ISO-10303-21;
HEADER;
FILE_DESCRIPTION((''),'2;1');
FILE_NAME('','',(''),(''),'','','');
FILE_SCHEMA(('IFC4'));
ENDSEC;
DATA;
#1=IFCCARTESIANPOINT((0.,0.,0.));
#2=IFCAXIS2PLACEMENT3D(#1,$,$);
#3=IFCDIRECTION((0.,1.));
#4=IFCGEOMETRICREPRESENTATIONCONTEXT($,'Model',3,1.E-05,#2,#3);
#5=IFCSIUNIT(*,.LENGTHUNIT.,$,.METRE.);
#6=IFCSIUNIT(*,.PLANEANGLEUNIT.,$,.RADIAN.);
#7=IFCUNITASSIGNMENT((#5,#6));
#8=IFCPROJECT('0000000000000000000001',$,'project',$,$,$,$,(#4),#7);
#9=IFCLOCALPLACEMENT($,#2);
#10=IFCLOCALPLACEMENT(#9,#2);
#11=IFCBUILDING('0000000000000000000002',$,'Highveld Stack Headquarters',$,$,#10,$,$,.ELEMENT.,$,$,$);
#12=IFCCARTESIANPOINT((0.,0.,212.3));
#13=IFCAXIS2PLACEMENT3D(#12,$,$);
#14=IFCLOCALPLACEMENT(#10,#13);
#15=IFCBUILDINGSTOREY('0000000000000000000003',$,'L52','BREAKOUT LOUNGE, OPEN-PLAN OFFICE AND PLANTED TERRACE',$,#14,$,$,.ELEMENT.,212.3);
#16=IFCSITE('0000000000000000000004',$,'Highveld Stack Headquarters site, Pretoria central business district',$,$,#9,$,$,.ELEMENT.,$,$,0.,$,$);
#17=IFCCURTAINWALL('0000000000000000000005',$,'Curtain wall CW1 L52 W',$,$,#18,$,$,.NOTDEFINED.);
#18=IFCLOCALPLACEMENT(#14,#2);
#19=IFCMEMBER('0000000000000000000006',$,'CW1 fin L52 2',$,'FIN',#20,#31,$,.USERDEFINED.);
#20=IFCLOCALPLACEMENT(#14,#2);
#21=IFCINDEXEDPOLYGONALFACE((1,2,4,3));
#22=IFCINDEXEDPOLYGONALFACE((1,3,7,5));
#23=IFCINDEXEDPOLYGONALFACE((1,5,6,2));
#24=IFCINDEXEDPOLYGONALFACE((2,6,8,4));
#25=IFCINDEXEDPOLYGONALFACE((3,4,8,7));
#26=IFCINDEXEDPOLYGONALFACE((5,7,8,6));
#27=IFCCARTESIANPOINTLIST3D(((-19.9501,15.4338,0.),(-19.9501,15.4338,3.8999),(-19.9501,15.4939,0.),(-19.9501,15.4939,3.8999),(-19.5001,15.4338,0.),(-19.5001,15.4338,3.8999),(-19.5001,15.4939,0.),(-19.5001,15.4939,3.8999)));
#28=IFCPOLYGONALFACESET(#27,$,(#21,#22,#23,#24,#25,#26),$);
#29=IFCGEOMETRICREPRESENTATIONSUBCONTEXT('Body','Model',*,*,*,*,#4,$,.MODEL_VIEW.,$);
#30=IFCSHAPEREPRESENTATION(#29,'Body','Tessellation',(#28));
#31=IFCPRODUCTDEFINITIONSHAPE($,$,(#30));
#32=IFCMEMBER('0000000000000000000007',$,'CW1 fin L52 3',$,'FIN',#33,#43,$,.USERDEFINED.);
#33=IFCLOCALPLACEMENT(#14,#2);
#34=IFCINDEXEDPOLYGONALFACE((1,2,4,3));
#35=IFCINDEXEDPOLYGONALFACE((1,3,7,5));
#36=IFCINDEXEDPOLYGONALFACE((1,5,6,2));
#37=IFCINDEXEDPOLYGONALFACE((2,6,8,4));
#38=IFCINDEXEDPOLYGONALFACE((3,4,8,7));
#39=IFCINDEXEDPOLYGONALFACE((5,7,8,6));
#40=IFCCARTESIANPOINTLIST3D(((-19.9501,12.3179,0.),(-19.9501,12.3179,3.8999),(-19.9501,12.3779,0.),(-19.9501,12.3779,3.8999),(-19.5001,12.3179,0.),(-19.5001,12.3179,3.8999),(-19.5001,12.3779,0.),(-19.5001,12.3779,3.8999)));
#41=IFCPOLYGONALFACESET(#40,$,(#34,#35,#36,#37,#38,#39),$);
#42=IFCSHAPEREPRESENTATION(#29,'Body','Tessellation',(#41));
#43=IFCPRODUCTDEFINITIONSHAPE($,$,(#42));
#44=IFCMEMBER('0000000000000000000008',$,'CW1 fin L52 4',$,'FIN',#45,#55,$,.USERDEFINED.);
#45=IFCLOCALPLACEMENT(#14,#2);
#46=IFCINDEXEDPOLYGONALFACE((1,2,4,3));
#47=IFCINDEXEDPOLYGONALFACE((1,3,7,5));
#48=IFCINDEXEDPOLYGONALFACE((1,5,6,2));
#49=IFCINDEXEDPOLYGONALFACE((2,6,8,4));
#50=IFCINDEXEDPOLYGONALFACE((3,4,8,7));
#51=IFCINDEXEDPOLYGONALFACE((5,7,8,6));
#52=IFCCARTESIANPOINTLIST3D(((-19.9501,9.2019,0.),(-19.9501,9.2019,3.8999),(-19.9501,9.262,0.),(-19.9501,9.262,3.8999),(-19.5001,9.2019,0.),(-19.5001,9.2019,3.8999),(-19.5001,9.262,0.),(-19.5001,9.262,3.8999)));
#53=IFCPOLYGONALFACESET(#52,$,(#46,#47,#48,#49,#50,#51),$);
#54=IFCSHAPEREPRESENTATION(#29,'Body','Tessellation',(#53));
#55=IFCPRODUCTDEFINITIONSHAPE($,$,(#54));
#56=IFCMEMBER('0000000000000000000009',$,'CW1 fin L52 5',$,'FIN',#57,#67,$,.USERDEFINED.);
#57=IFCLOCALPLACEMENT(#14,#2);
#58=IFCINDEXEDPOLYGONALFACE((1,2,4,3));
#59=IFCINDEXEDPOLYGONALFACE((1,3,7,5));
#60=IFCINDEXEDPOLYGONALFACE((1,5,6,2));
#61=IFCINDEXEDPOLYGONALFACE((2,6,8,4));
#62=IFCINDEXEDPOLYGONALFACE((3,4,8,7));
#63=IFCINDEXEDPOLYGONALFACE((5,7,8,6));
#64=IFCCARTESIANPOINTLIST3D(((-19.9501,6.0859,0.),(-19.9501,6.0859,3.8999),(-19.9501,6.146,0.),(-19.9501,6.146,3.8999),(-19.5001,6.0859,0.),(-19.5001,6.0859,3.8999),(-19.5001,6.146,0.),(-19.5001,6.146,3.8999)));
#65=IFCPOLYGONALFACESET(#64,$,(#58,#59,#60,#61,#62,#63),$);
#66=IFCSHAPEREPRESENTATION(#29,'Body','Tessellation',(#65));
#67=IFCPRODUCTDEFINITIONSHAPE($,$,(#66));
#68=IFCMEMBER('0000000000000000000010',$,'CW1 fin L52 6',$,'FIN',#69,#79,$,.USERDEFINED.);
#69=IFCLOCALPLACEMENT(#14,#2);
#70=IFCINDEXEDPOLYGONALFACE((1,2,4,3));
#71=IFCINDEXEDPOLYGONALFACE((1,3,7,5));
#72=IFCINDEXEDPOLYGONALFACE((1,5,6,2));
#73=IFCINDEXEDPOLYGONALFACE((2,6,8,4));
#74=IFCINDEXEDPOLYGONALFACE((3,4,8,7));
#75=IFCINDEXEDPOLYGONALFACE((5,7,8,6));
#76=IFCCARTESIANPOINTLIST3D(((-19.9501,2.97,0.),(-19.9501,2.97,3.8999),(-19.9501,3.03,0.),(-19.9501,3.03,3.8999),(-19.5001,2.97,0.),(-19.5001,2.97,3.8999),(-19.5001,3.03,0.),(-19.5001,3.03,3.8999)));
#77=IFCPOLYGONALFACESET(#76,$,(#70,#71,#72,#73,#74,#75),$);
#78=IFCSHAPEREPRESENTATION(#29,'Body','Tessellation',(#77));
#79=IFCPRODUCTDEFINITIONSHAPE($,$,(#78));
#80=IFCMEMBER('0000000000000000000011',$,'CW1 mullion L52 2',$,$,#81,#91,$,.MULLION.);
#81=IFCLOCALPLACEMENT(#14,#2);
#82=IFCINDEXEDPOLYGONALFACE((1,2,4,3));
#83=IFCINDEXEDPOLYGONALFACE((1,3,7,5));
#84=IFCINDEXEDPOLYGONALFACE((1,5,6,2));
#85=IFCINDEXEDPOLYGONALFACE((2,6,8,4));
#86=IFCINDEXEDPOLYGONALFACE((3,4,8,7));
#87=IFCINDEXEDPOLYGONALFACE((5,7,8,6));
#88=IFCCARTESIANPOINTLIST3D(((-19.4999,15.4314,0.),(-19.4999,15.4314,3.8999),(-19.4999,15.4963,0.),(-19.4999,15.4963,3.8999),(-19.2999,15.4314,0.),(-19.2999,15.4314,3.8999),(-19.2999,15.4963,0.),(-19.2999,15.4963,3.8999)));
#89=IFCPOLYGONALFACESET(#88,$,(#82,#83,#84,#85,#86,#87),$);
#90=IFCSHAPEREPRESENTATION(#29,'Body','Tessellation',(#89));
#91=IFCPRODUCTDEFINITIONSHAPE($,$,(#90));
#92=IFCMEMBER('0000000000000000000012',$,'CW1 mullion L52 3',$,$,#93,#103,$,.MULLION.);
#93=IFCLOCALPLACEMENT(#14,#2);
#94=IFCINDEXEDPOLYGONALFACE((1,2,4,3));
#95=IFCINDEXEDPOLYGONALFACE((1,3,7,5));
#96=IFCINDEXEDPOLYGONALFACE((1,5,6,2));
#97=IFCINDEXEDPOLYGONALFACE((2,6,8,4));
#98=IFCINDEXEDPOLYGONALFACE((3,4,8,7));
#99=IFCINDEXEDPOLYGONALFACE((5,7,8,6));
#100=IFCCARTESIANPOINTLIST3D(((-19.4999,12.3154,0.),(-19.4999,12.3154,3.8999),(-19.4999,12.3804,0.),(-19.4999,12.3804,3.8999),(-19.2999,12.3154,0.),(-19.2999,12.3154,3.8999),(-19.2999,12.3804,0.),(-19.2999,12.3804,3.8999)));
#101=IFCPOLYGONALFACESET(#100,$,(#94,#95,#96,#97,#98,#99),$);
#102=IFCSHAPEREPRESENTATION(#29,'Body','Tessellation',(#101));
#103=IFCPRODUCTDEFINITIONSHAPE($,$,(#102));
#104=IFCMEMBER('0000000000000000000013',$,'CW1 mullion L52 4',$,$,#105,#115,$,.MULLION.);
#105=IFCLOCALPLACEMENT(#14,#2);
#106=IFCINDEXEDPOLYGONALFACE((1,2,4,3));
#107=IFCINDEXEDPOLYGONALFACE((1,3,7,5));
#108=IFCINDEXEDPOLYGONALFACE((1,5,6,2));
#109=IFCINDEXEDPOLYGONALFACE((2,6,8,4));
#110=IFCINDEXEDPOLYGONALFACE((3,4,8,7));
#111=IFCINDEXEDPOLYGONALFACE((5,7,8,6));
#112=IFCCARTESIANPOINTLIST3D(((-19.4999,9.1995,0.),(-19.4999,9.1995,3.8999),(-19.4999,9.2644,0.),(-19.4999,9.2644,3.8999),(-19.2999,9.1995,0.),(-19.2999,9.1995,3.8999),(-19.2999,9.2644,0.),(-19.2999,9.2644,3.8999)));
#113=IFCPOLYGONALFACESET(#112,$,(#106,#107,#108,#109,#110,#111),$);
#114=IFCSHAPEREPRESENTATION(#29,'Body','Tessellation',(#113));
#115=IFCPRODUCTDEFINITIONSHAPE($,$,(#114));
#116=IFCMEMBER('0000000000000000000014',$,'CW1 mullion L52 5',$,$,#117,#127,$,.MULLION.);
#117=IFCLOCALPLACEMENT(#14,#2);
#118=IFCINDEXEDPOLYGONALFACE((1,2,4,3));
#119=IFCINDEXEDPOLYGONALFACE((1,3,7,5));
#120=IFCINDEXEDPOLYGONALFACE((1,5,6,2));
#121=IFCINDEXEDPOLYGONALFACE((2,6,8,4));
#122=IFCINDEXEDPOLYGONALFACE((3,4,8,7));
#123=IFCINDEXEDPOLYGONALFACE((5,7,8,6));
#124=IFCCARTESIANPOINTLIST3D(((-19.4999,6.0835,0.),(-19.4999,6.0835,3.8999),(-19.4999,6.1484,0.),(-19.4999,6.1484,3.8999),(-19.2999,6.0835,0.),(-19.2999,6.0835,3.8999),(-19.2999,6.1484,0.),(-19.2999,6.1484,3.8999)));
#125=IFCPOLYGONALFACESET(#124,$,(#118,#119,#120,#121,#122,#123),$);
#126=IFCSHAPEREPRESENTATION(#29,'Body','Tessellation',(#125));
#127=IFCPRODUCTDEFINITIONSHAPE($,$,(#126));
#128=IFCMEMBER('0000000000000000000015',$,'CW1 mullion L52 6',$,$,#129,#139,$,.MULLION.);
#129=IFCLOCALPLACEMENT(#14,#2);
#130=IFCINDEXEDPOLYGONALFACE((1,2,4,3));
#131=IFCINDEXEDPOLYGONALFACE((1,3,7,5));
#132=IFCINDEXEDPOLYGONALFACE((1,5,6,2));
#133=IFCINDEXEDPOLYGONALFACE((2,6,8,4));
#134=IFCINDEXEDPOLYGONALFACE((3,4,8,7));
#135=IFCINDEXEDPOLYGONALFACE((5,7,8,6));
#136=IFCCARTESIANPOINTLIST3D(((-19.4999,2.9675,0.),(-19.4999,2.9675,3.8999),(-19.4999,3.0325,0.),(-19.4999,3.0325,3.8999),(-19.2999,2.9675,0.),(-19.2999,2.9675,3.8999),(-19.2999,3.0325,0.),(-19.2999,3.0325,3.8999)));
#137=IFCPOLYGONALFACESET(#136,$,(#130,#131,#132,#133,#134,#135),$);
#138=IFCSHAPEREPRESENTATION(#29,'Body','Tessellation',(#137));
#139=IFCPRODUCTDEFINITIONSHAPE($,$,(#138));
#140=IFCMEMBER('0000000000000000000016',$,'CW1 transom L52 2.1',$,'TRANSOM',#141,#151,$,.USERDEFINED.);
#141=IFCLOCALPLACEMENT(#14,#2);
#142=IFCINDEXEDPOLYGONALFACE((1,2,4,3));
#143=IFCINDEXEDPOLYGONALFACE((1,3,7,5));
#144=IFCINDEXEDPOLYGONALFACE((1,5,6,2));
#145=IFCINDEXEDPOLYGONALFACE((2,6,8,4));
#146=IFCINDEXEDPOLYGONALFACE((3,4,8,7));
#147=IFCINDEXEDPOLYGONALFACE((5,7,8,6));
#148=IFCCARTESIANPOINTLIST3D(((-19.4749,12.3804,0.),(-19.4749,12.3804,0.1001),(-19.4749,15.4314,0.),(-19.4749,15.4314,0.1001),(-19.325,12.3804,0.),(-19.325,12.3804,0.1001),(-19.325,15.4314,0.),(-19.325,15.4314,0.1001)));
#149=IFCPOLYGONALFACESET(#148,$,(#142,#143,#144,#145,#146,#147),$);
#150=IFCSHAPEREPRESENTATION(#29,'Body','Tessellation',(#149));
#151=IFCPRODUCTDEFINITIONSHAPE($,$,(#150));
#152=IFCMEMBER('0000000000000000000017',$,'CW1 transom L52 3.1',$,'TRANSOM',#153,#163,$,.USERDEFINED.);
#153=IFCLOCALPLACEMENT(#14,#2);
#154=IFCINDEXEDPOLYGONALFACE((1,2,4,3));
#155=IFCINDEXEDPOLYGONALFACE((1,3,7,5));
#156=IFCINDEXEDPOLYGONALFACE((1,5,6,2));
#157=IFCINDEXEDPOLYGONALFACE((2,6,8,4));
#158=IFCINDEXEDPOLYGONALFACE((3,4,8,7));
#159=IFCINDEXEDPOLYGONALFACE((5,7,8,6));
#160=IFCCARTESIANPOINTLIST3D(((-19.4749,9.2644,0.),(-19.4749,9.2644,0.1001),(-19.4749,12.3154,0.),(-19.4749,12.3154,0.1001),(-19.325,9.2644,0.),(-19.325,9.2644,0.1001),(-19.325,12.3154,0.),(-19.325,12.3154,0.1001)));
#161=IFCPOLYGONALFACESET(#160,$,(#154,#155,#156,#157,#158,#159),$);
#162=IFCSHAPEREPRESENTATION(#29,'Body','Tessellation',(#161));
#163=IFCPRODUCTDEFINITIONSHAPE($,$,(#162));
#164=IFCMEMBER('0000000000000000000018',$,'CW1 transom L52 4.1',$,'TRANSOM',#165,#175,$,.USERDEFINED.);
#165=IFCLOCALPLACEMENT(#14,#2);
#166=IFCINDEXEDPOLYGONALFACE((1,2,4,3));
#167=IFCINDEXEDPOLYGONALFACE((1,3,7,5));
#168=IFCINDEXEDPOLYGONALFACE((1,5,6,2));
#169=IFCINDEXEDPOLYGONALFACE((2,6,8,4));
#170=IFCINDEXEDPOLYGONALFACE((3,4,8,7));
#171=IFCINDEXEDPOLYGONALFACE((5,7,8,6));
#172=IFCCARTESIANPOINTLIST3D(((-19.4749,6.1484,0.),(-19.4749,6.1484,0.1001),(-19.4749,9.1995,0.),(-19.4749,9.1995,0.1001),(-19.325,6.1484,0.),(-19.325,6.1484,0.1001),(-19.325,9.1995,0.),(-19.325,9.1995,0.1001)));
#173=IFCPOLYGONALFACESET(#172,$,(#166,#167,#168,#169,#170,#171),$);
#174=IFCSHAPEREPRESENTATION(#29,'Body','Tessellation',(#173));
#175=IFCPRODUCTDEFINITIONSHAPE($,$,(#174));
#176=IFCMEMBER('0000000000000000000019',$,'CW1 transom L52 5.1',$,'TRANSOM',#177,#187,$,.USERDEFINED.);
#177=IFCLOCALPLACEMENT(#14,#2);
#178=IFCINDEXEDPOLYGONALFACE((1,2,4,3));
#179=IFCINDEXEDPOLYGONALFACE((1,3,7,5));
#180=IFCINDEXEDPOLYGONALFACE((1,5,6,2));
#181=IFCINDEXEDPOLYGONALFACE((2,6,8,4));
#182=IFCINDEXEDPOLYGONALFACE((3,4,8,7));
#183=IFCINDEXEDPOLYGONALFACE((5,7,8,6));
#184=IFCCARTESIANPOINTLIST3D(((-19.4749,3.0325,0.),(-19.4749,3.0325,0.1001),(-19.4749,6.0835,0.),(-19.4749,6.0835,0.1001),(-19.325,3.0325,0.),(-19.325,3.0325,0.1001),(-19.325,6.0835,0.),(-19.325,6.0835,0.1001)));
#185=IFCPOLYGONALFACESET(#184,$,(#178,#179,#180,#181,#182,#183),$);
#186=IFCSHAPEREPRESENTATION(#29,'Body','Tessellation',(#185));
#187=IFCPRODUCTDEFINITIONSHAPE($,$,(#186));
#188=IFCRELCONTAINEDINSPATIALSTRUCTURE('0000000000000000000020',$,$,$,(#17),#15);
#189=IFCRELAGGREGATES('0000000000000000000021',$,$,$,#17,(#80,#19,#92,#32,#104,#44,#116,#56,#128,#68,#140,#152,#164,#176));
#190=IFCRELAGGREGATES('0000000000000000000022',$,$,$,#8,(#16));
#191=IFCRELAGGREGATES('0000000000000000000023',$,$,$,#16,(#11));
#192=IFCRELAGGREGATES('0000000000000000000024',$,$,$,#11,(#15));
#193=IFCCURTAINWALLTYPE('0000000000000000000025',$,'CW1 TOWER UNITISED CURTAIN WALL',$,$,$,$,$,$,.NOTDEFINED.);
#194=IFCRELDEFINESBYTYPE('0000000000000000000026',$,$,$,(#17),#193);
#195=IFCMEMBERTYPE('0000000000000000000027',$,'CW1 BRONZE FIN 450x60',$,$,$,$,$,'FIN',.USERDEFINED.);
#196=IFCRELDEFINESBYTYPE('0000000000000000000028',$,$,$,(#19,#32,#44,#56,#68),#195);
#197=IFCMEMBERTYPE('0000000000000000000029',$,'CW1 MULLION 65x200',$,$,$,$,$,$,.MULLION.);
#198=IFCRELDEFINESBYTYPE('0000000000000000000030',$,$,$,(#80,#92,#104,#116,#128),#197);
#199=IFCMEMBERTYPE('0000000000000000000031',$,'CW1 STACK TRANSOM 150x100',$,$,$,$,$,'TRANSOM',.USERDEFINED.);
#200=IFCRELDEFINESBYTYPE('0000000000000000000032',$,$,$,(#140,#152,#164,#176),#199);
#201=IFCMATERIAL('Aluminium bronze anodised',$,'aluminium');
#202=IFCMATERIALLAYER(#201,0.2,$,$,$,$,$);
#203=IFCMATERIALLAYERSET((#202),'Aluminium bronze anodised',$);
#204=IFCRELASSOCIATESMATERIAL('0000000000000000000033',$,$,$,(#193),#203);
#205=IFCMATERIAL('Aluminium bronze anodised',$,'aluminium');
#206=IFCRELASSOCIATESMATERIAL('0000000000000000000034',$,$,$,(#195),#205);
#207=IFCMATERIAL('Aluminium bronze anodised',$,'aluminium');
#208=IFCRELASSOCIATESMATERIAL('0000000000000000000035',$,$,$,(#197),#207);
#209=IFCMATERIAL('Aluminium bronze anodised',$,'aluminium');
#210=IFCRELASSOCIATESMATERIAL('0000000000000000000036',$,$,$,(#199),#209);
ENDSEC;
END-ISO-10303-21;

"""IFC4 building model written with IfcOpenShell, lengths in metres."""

from ifc_helpers import new_model, si_unit, direction, frame, origin, origin_2d, place, context, subcontext, project, spatial, rectangle, extrude, material, layer, layer_set, material_profile, profile_set, type_object, element, aggregate, save


model = new_model("IFC4")

# Units and contexts
model_context = context("Model", 3, precision=1e-05, world=origin(), true_north=direction((0.0, 1.0)))
body_context = subcontext(model_context, "Body", "Model", "MODEL_VIEW")
ifc_project = project(units=[si_unit("LENGTHUNIT", "METRE"), si_unit("PLANEANGLEUNIT", "RADIAN")], contexts=[model_context])

# Site, building, storey
site_placement = place(None, origin())
site = spatial("IfcSite", under=ifc_project, at=site_placement, Name="Highveld Stack Headquarters site, Pretoria central business district", CompositionType="ELEMENT", RefElevation=0.0)
building_placement = place(site_placement, origin())
building = spatial("IfcBuilding", under=site, at=building_placement, Name="Highveld Stack Headquarters", CompositionType="ELEMENT")
storey_placement = place(building_placement, frame((0.0, 0.0, 212.3)))
storey = spatial("IfcBuildingStorey", under=building, at=storey_placement, Name="L52", Description="BREAKOUT LOUNGE, OPEN-PLAN OFFICE AND PLANTED TERRACE", CompositionType="ELEMENT", Elevation=212.3)

# Curtain wall, members
ifc_material_1 = material(Name="Aluminium bronze anodised", Category="aluminium")
ifc_layer_1 = layer(ifc_material_1, 0.2)
ifc_layer_set_1 = layer_set([ifc_layer_1], Name="Aluminium bronze anodised")
curtain_wall_type = type_object("IfcCurtainWallType", Name="CW1 TOWER UNITISED CURTAIN WALL", PredefinedType="NOTDEFINED", material=ifc_layer_set_1)
curtain_wall_placement = place(storey_placement, origin())
curtain_wall = element("IfcCurtainWall", 1, at=curtain_wall_placement, inside=storey, type_object=curtain_wall_type, Name="Curtain wall CW1 L52 W", PredefinedType="NOTDEFINED")
ifc_material_2 = material(Name="Aluminium bronze anodised", Category="aluminium")
ifc_material_profile_1 = material_profile(ifc_material_2, rectangle(XDim=0.45, YDim=0.0601, at=origin_2d()), Name="FIN 450x60")
ifc_profile_set_1 = profile_set([ifc_material_profile_1], Name="Aluminium bronze anodised")
member_type_1 = type_object("IfcMemberType", Name="CW1 BRONZE FIN 450x60", ElementType="FIN", PredefinedType="USERDEFINED", material=ifc_profile_set_1)
member_1_placement = place(storey_placement, frame((-19.7251, 15.4639, 0.0), z_axis=(0.0, 0.0, 1.0), x_axis=(1.0, 0.0, 0.0)))
member_1 = element("IfcMember", 2, at=member_1_placement, type_object=member_type_1, Name="CW1 fin L52 2", ObjectType="FIN", PredefinedType="USERDEFINED", context=body_context, shape_type="SweptSolid", body=[
    extrude(rectangle(XDim=0.45, YDim=0.0601, at=origin_2d()), origin(), (0.0, 0.0, 1.0), 3.8999),
])
member_2_placement = place(storey_placement, frame((-19.7251, 12.3479, 0.0), z_axis=(0.0, 0.0, 1.0), x_axis=(1.0, 0.0, 0.0)))
member_2 = element("IfcMember", 3, at=member_2_placement, type_object=member_type_1, Name="CW1 fin L52 3", ObjectType="FIN", PredefinedType="USERDEFINED", context=body_context, shape_type="SweptSolid", body=[
    extrude(rectangle(XDim=0.45, YDim=0.0601, at=origin_2d()), origin(), (0.0, 0.0, 1.0), 3.8999),
])
member_3_placement = place(storey_placement, frame((-19.7251, 9.2319, 0.0), z_axis=(0.0, 0.0, 1.0), x_axis=(1.0, 0.0, 0.0)))
member_3 = element("IfcMember", 4, at=member_3_placement, type_object=member_type_1, Name="CW1 fin L52 4", ObjectType="FIN", PredefinedType="USERDEFINED", context=body_context, shape_type="SweptSolid", body=[
    extrude(rectangle(XDim=0.45, YDim=0.0601, at=origin_2d()), origin(), (0.0, 0.0, 1.0), 3.8999),
])
member_4_placement = place(storey_placement, frame((-19.7251, 6.116, 0.0), z_axis=(0.0, 0.0, 1.0), x_axis=(1.0, 0.0, 0.0)))
member_4 = element("IfcMember", 5, at=member_4_placement, type_object=member_type_1, Name="CW1 fin L52 5", ObjectType="FIN", PredefinedType="USERDEFINED", context=body_context, shape_type="SweptSolid", body=[
    extrude(rectangle(XDim=0.45, YDim=0.0601, at=origin_2d()), origin(), (0.0, 0.0, 1.0), 3.8999),
])
member_5_placement = place(storey_placement, frame((-19.7251, 3.0, 0.0), z_axis=(0.0, 0.0, 1.0), x_axis=(1.0, 0.0, 0.0)))
member_5 = element("IfcMember", 6, at=member_5_placement, type_object=member_type_1, Name="CW1 fin L52 6", ObjectType="FIN", PredefinedType="USERDEFINED", context=body_context, shape_type="SweptSolid", body=[
    extrude(rectangle(XDim=0.45, YDim=0.0601, at=origin_2d()), origin(), (0.0, 0.0, 1.0), 3.8999),
])
ifc_material_3 = material(Name="Aluminium bronze anodised", Category="aluminium")
ifc_material_profile_2 = material_profile(ifc_material_3, rectangle(XDim=0.2, YDim=0.0649, at=origin_2d()), Name="CW1 MULLION 65x200")
ifc_profile_set_2 = profile_set([ifc_material_profile_2], Name="Aluminium bronze anodised")
member_type_2 = type_object("IfcMemberType", Name="CW1 MULLION 65x200", PredefinedType="MULLION", material=ifc_profile_set_2)
member_6_placement = place(storey_placement, frame((-19.3999, 15.4639, 0.0), z_axis=(0.0, 0.0, 1.0), x_axis=(1.0, 0.0, 0.0)))
member_6 = element("IfcMember", 7, at=member_6_placement, type_object=member_type_2, Name="CW1 mullion L52 2", PredefinedType="MULLION", context=body_context, shape_type="SweptSolid", body=[
    extrude(rectangle(XDim=0.2, YDim=0.0649, at=origin_2d()), origin(), (0.0, 0.0, 1.0), 3.8999),
])
member_7_placement = place(storey_placement, frame((-19.3999, 12.3479, 0.0), z_axis=(0.0, 0.0, 1.0), x_axis=(1.0, 0.0, 0.0)))
member_7 = element("IfcMember", 8, at=member_7_placement, type_object=member_type_2, Name="CW1 mullion L52 3", PredefinedType="MULLION", context=body_context, shape_type="SweptSolid", body=[
    extrude(rectangle(XDim=0.2, YDim=0.0649, at=origin_2d()), origin(), (0.0, 0.0, 1.0), 3.8999),
])
member_8_placement = place(storey_placement, frame((-19.3999, 9.2319, 0.0), z_axis=(0.0, 0.0, 1.0), x_axis=(1.0, 0.0, 0.0)))
member_8 = element("IfcMember", 9, at=member_8_placement, type_object=member_type_2, Name="CW1 mullion L52 4", PredefinedType="MULLION", context=body_context, shape_type="SweptSolid", body=[
    extrude(rectangle(XDim=0.2, YDim=0.0649, at=origin_2d()), origin(), (0.0, 0.0, 1.0), 3.8999),
])
member_9_placement = place(storey_placement, frame((-19.3999, 6.116, 0.0), z_axis=(0.0, 0.0, 1.0), x_axis=(1.0, 0.0, 0.0)))
member_9 = element("IfcMember", 10, at=member_9_placement, type_object=member_type_2, Name="CW1 mullion L52 5", PredefinedType="MULLION", context=body_context, shape_type="SweptSolid", body=[
    extrude(rectangle(XDim=0.2, YDim=0.0649, at=origin_2d()), origin(), (0.0, 0.0, 1.0), 3.8999),
])
member_10_placement = place(storey_placement, frame((-19.3999, 3.0, 0.0), z_axis=(0.0, 0.0, 1.0), x_axis=(1.0, 0.0, 0.0)))
member_10 = element("IfcMember", 11, at=member_10_placement, type_object=member_type_2, Name="CW1 mullion L52 6", PredefinedType="MULLION", context=body_context, shape_type="SweptSolid", body=[
    extrude(rectangle(XDim=0.2, YDim=0.0649, at=origin_2d()), origin(), (0.0, 0.0, 1.0), 3.8999),
])
ifc_material_4 = material(Name="Aluminium bronze anodised", Category="aluminium")
ifc_material_profile_3 = material_profile(ifc_material_4, rectangle(XDim=0.1499, YDim=0.1001, at=origin_2d()), Name="CW1 TRANSOM 150x100")
ifc_profile_set_3 = profile_set([ifc_material_profile_3], Name="Aluminium bronze anodised")
member_type_3 = type_object("IfcMemberType", Name="CW1 STACK TRANSOM 150x100", ElementType="TRANSOM", PredefinedType="USERDEFINED", material=ifc_profile_set_3)
member_11_placement = place(storey_placement, frame((-19.3999, 15.4314, 0.05), z_axis=(0.0, -1.0, 0.0), x_axis=(1.0, 0.0, 0.0)))
member_11 = element("IfcMember", 12, at=member_11_placement, type_object=member_type_3, Name="CW1 transom L52 2.1", ObjectType="TRANSOM", PredefinedType="USERDEFINED", context=body_context, shape_type="SweptSolid", body=[
    extrude(rectangle(XDim=0.1499, YDim=0.1001, at=origin_2d()), origin(), (0.0, 0.0, 1.0), 3.051),
])
member_12_placement = place(storey_placement, frame((-19.3999, 12.3154, 0.05), z_axis=(0.0, -1.0, 0.0), x_axis=(1.0, 0.0, 0.0)))
member_12 = element("IfcMember", 13, at=member_12_placement, type_object=member_type_3, Name="CW1 transom L52 3.1", ObjectType="TRANSOM", PredefinedType="USERDEFINED", context=body_context, shape_type="SweptSolid", body=[
    extrude(rectangle(XDim=0.1499, YDim=0.1001, at=origin_2d()), origin(), (0.0, 0.0, 1.0), 3.051),
])
member_13_placement = place(storey_placement, frame((-19.3999, 9.1995, 0.05), z_axis=(0.0, -1.0, 0.0), x_axis=(1.0, 0.0, 0.0)))
member_13 = element("IfcMember", 14, at=member_13_placement, type_object=member_type_3, Name="CW1 transom L52 4.1", ObjectType="TRANSOM", PredefinedType="USERDEFINED", context=body_context, shape_type="SweptSolid", body=[
    extrude(rectangle(XDim=0.1499, YDim=0.1001, at=origin_2d()), origin(), (0.0, 0.0, 1.0), 3.051),
])
member_14_placement = place(storey_placement, frame((-19.3999, 6.0835, 0.05), z_axis=(0.0, -1.0, 0.0), x_axis=(1.0, 0.0, 0.0)))
member_14 = element("IfcMember", 15, at=member_14_placement, type_object=member_type_3, Name="CW1 transom L52 5.1", ObjectType="TRANSOM", PredefinedType="USERDEFINED", context=body_context, shape_type="SweptSolid", body=[
    extrude(rectangle(XDim=0.1499, YDim=0.1001, at=origin_2d()), origin(), (0.0, 0.0, 1.0), 3.051),
])
aggregate(curtain_wall, [member_6, member_1, member_7, member_2, member_8, member_3, member_9, member_4, member_10, member_5, member_11, member_12, member_13, member_14])

save(model, "model.ifc")
